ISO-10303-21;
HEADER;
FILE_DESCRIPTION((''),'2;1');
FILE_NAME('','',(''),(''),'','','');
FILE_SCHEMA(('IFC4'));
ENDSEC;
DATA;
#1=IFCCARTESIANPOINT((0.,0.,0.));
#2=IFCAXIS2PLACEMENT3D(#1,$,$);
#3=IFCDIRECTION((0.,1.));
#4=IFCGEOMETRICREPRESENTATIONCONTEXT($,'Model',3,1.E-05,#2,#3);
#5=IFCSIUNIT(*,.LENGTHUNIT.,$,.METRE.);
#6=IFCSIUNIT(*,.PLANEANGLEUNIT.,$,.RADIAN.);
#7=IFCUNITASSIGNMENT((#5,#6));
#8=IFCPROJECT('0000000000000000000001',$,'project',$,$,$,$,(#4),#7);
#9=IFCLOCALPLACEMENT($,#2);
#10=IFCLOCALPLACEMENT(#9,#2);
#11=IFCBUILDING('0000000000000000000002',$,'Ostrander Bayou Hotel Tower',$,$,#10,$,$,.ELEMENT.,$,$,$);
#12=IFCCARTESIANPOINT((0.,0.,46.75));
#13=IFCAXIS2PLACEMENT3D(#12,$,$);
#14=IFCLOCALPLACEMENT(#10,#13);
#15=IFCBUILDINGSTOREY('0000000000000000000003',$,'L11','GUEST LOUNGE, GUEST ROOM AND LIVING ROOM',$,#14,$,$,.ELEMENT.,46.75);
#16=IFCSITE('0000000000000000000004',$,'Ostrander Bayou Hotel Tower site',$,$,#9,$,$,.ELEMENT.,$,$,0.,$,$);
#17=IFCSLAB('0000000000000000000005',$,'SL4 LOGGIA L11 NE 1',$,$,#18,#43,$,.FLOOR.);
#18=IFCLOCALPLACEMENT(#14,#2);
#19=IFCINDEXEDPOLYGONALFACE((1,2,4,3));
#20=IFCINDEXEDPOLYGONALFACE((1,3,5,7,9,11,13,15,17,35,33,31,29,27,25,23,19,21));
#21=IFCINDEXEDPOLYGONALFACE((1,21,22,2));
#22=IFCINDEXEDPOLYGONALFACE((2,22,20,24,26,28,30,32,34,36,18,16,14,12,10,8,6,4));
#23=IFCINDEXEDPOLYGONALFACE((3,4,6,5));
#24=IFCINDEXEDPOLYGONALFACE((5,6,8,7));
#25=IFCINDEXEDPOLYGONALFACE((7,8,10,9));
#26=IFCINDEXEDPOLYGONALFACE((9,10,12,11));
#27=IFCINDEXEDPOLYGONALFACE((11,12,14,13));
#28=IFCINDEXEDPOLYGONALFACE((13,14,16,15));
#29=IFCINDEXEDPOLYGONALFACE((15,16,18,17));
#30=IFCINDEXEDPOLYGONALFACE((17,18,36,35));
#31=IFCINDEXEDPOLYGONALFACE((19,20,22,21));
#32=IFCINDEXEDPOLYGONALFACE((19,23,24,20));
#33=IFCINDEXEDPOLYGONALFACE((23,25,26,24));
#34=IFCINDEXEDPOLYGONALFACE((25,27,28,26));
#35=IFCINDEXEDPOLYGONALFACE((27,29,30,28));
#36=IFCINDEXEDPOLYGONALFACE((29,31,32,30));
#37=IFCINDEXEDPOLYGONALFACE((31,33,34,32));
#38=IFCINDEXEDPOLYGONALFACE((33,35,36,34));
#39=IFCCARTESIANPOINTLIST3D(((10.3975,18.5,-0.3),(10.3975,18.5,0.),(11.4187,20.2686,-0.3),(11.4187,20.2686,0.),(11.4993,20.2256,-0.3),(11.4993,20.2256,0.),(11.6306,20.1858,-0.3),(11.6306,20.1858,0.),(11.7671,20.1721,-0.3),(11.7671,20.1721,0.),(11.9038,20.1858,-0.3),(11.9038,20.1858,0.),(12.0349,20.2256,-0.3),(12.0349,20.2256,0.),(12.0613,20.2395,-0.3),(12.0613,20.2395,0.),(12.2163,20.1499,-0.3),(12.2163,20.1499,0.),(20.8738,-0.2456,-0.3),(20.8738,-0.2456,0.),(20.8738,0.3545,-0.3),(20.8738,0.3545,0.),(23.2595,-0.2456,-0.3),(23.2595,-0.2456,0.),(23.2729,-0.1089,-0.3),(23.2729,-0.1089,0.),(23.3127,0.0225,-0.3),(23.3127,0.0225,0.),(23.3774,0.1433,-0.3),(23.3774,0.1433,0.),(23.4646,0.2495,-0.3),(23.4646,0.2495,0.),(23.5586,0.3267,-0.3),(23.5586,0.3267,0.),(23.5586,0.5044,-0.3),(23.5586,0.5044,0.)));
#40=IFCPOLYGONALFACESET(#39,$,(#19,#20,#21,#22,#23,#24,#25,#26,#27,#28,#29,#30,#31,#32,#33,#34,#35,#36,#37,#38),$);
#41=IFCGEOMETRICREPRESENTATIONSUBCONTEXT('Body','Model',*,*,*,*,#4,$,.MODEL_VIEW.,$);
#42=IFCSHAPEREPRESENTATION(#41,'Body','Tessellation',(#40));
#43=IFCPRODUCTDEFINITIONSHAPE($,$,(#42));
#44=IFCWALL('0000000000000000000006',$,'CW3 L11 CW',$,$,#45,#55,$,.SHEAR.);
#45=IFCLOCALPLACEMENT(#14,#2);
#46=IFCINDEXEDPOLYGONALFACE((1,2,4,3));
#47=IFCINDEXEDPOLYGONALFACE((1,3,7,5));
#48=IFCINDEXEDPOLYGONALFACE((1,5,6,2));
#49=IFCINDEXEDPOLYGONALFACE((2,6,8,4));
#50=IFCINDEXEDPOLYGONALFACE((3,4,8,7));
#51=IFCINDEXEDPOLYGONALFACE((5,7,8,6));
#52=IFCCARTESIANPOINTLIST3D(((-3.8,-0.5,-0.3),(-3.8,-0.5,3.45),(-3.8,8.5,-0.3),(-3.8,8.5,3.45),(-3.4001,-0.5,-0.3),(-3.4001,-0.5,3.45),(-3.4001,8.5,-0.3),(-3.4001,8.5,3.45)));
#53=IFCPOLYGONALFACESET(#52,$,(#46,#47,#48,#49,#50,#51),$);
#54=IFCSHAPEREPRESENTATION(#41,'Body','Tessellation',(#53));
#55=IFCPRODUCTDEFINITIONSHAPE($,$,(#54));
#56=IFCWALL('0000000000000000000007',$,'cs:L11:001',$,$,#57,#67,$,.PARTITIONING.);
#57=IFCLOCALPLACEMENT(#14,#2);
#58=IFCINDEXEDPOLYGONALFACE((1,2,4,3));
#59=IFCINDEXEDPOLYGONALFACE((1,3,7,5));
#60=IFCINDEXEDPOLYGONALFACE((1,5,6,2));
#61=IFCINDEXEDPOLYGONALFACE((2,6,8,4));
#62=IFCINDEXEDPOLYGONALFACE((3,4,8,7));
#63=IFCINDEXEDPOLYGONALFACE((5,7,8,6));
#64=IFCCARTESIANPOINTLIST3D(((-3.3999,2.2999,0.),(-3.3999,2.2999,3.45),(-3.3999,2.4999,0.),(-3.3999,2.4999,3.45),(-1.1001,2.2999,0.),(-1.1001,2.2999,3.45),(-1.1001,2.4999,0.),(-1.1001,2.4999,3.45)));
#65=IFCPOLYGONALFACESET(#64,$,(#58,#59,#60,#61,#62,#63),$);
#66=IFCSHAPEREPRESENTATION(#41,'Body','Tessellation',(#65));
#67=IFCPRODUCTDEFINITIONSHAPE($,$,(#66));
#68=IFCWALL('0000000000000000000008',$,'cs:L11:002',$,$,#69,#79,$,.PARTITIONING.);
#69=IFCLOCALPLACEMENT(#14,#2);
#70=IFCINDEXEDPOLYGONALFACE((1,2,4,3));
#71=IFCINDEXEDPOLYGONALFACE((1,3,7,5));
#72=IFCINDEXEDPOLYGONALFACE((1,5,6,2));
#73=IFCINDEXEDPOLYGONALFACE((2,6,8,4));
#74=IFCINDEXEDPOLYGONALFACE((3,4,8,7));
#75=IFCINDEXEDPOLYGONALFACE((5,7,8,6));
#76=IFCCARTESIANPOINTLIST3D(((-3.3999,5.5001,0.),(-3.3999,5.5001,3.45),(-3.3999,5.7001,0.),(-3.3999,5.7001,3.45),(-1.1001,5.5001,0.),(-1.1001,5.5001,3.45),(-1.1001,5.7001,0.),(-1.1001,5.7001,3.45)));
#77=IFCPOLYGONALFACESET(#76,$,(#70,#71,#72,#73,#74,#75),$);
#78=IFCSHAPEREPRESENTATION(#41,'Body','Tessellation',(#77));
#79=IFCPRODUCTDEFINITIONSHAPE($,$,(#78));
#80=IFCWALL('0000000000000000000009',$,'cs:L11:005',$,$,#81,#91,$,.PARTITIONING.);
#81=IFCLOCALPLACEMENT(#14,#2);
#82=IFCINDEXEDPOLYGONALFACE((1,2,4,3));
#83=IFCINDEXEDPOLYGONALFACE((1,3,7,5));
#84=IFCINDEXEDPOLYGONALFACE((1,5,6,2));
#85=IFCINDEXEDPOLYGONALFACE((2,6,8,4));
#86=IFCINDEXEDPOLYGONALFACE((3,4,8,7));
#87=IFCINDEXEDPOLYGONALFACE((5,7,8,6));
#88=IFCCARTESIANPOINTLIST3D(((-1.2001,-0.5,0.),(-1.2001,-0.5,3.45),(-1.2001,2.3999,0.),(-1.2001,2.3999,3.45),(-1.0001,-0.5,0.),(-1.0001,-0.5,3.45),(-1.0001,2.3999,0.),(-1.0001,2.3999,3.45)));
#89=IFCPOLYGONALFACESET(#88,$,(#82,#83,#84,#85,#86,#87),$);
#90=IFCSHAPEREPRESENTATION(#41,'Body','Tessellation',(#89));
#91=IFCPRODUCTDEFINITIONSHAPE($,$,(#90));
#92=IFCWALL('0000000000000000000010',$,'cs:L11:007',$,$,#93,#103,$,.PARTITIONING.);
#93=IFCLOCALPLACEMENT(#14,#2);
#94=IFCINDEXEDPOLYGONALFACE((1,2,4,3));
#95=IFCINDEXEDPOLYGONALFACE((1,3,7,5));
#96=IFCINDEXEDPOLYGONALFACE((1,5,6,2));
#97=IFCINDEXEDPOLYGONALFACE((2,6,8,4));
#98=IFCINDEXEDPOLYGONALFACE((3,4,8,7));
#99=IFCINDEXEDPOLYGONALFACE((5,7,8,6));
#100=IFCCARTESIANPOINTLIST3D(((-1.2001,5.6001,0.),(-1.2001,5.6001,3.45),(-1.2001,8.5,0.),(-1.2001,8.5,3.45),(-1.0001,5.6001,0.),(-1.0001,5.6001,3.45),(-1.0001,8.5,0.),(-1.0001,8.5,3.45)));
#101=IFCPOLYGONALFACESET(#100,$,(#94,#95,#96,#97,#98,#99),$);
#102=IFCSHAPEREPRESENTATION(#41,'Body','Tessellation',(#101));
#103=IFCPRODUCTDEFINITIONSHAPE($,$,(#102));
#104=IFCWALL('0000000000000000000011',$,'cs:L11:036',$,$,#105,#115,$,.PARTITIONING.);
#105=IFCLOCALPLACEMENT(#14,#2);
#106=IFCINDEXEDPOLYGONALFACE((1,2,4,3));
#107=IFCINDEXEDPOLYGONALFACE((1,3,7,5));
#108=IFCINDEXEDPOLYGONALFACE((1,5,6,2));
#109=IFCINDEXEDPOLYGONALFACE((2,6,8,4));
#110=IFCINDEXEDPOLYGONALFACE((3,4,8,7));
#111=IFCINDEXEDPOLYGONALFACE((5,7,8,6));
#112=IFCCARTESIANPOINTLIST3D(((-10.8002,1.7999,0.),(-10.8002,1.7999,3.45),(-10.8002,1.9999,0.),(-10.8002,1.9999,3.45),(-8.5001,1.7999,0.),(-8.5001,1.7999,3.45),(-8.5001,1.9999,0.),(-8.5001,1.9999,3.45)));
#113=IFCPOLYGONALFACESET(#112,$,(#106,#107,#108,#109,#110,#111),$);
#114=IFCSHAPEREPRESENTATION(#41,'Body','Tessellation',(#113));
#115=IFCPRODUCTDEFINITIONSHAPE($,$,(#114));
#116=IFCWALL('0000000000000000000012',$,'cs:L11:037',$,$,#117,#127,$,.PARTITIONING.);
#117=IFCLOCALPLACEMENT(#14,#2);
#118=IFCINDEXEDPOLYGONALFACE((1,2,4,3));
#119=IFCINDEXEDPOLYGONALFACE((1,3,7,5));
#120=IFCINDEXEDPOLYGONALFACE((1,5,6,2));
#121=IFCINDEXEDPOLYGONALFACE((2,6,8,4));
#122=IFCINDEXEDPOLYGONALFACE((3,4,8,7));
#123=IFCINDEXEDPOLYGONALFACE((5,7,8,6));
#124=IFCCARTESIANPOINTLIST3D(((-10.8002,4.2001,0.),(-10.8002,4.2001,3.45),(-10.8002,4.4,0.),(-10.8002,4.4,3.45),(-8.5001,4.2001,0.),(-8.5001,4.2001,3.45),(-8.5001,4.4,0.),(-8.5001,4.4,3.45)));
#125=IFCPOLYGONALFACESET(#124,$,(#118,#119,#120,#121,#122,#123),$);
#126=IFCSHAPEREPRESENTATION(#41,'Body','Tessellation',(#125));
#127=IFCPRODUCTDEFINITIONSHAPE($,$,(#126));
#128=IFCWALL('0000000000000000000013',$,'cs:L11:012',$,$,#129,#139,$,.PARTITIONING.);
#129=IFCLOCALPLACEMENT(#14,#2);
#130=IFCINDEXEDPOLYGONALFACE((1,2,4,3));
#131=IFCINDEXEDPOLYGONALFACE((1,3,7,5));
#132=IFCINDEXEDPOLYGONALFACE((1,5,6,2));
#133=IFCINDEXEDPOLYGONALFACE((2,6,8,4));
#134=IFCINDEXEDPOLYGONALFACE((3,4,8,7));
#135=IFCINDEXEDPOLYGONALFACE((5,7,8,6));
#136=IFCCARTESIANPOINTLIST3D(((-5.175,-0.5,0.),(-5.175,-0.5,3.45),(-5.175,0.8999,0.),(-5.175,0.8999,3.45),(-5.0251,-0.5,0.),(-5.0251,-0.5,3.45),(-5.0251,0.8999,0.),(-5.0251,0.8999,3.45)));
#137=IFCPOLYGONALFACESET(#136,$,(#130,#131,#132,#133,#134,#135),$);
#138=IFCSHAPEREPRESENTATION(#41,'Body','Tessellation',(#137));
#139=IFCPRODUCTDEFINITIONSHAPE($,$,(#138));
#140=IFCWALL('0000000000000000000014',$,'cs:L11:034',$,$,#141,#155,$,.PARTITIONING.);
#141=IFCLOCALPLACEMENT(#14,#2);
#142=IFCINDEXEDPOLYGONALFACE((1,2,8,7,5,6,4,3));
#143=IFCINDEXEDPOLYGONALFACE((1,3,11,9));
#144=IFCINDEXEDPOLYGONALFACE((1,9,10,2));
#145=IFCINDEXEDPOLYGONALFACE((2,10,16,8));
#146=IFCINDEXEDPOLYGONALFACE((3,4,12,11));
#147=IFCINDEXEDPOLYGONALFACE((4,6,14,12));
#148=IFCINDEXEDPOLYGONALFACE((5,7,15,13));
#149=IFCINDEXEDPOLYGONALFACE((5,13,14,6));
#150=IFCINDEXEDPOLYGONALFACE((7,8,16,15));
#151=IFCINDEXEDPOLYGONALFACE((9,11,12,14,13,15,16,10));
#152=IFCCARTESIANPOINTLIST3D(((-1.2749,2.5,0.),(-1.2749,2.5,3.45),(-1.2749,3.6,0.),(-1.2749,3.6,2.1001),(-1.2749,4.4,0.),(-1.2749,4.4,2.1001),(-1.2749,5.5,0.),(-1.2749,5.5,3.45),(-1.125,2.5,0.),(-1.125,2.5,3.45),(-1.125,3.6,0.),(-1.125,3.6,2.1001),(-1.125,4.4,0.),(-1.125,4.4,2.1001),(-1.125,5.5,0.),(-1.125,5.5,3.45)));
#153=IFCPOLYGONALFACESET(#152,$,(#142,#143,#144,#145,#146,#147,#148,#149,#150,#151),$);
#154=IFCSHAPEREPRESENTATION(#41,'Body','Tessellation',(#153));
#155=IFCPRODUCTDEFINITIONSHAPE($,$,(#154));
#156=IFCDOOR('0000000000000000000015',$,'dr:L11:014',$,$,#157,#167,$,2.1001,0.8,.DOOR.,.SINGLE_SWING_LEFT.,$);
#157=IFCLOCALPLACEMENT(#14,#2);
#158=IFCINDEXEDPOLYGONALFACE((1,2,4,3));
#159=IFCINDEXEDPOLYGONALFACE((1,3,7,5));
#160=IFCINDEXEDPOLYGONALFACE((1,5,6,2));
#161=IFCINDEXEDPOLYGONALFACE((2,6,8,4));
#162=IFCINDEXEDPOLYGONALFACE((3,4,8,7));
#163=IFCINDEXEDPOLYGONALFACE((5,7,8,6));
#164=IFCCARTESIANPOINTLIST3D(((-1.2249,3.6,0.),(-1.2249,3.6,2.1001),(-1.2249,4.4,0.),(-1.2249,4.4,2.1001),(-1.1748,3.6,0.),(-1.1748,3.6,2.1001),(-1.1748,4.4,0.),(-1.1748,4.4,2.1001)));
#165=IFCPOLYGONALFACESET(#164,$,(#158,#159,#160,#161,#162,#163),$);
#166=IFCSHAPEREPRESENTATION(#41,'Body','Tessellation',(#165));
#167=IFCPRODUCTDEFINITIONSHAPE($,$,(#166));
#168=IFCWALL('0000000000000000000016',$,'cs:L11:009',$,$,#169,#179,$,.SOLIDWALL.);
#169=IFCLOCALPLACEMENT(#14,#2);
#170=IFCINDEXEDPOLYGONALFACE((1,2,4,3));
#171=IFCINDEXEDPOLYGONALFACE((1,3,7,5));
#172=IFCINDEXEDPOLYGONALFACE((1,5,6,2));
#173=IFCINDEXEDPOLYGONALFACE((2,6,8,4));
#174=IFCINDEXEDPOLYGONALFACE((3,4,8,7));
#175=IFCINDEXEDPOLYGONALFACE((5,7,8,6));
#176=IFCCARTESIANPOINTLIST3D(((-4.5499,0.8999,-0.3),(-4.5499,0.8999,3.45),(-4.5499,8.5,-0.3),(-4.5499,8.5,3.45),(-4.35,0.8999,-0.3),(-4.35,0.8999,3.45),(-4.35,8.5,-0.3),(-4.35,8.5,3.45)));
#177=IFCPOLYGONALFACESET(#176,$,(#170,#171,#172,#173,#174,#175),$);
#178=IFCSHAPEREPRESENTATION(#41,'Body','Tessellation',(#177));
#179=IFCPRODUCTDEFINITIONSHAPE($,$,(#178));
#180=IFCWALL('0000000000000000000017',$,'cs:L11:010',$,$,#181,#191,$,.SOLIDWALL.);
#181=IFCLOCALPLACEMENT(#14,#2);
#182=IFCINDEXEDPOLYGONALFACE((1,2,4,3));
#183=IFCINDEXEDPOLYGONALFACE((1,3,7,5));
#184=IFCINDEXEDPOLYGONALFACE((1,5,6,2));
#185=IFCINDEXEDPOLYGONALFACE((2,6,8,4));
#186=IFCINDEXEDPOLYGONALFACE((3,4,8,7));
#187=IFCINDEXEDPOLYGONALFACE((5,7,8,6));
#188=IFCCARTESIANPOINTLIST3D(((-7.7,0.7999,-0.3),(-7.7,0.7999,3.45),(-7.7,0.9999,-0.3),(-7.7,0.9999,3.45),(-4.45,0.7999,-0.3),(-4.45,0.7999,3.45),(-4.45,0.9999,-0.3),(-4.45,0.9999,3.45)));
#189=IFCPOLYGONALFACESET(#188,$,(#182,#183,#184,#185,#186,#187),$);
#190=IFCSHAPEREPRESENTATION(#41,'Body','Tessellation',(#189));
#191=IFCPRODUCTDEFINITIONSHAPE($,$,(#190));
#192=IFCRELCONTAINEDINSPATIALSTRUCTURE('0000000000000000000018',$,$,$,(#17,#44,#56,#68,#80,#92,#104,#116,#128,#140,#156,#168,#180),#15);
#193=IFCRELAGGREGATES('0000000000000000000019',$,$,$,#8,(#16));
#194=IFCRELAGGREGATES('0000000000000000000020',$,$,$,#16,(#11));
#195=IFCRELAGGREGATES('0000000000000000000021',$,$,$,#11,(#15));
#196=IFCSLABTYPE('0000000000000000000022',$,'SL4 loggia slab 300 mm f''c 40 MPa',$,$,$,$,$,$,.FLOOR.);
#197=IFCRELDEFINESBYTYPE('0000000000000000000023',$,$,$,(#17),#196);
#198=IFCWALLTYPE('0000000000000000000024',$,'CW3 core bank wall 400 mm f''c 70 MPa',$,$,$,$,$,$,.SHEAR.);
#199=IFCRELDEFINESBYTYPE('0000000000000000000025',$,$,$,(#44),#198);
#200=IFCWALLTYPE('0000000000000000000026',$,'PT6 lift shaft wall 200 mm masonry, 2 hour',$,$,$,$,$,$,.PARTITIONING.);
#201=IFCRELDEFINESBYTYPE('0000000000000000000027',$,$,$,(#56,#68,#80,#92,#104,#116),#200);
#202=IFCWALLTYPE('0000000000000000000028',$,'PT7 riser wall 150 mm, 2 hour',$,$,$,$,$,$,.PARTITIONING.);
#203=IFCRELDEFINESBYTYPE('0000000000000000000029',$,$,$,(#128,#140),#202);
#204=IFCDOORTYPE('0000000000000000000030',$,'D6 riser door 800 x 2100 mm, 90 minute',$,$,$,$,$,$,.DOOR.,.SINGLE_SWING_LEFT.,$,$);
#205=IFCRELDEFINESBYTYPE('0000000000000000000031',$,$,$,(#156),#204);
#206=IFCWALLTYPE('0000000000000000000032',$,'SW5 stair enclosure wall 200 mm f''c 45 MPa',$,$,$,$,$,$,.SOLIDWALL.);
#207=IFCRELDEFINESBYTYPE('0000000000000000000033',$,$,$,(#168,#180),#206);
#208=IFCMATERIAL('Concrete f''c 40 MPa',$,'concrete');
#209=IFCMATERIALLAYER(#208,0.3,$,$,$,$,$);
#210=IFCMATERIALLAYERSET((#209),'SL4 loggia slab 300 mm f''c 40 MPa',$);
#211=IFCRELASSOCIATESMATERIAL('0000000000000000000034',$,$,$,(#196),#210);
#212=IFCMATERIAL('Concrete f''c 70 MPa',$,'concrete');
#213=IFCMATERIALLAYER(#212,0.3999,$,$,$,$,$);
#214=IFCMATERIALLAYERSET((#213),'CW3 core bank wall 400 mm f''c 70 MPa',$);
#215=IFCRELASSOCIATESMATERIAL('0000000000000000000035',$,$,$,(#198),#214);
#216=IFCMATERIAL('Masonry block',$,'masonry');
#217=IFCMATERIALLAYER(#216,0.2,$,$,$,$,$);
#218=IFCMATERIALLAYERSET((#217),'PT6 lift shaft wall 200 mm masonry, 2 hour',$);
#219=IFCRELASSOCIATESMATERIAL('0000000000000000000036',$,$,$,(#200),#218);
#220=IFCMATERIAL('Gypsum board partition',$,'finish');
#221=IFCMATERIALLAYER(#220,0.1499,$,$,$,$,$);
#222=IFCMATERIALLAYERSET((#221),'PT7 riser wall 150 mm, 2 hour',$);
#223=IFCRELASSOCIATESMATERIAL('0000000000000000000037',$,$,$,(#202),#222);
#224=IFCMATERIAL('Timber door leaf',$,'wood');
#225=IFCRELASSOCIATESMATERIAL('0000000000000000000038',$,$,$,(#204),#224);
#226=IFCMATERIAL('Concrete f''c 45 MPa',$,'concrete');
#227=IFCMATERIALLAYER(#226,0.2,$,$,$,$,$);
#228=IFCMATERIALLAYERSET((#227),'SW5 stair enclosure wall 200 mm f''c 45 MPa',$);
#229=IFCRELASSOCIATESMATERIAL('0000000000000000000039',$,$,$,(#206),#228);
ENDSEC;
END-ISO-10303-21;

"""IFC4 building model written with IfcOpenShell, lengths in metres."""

from ifc_helpers import new_model, si_unit, direction, frame, frame_2d, origin, place, context, subcontext, project, spatial, polyline, rectangle, outline, extrude, material, layer, layer_set, type_object, element, fill, save


model = new_model("IFC4")

# Units and contexts
model_context = context("Model", 3, precision=1e-05, world=origin(), true_north=direction((0.0, 1.0)))
body_context = subcontext(model_context, "Body", "Model", "MODEL_VIEW")
ifc_project = project(units=[si_unit("LENGTHUNIT", "METRE"), si_unit("PLANEANGLEUNIT", "RADIAN")], contexts=[model_context])

# Site, building, storey
site_placement = place(None, origin())
site = spatial("IfcSite", under=ifc_project, at=site_placement, Name="Ostrander Bayou Hotel Tower site", CompositionType="ELEMENT", RefElevation=0.0)
building_placement = place(site_placement, origin())
building = spatial("IfcBuilding", under=site, at=building_placement, Name="Ostrander Bayou Hotel Tower", CompositionType="ELEMENT")
storey_placement = place(building_placement, frame((0.0, 0.0, 46.75)))
storey = spatial("IfcBuildingStorey", under=building, at=storey_placement, Name="L11", Description="GUEST LOUNGE, GUEST ROOM AND LIVING ROOM", CompositionType="ELEMENT", Elevation=46.75)

# Slab
ifc_material_1 = material(Name="Concrete f'c 40 MPa", Category="concrete")
ifc_layer_1 = layer(ifc_material_1, 0.3)
ifc_layer_set_1 = layer_set([ifc_layer_1], Name="SL4 loggia slab 300 mm f'c 40 MPa")
slab_type_1 = type_object("IfcSlabType", Name="SL4 loggia slab 300 mm f'c 40 MPa", PredefinedType="FLOOR", material=ifc_layer_set_1)
slab_1_placement = place(storey_placement, frame((0.0, 0.0, -0.3)))
element("IfcSlab", 1, at=slab_1_placement, inside=storey, type_object=slab_type_1, Name="SL4 LOGGIA L11 NE 1", PredefinedType="FLOOR", context=body_context, shape_type="SweptSolid", body=[
    extrude(outline(polyline([(11.4187, 20.2686), (11.4993, 20.2256), (11.6306, 20.1858), (11.7671, 20.1721), (11.9038, 20.1858), (12.0349, 20.2256), (12.0613, 20.2395), (12.2163, 20.1499), (23.5586, 0.5044), (23.5586, 0.3267), (23.4646, 0.2495), (23.3774, 0.1433), (23.3127, 0.0225), (23.2729, -0.1089), (23.2595, -0.2456), (20.8738, -0.2456), (20.8738, 0.3545), (10.3975, 18.5), (11.4187, 20.2686)])), origin(), (0.0, 0.0, 1.0), 0.3),
])

# Wall
ifc_material_2 = material(Name="Concrete f'c 70 MPa", Category="concrete")
ifc_layer_2 = layer(ifc_material_2, 0.3999)
ifc_layer_set_2 = layer_set([ifc_layer_2], Name="CW3 core bank wall 400 mm f'c 70 MPa")
wall_type_1 = type_object("IfcWallType", Name="CW3 core bank wall 400 mm f'c 70 MPa", PredefinedType="SHEAR", material=ifc_layer_set_2)
wall_1_placement = place(storey_placement, frame((-3.6001, -0.5, -0.3), z_axis=(0.0, 0.0, 1.0), x_axis=(0.0, 1.0, 0.0)))
element("IfcWall", 2, at=wall_1_placement, inside=storey, type_object=wall_type_1, Name="CW3 L11 CW", PredefinedType="SHEAR", context=body_context, shape_type="SweptSolid", body=[
    extrude(rectangle(XDim=9.0, YDim=0.3999, at=frame_2d((4.5, 0.0))), origin(), (0.0, 0.0, 1.0), 3.75),
])

# Walls
ifc_material_3 = material(Name="Masonry block", Category="masonry")
ifc_layer_3 = layer(ifc_material_3, 0.2)
ifc_layer_set_3 = layer_set([ifc_layer_3], Name="PT6 lift shaft wall 200 mm masonry, 2 hour")
wall_type_2 = type_object("IfcWallType", Name="PT6 lift shaft wall 200 mm masonry, 2 hour", PredefinedType="PARTITIONING", material=ifc_layer_set_3)
for number, where, z_axis, x_axis, name in (
    (3, (-3.3999, 2.3999, 0.0), (0.0, 0.0, 1.0), (1.0, 0.0, 0.0), "cs:L11:001"),
    (4, (-3.3999, 5.6001, 0.0), (0.0, 0.0, 1.0), (1.0, 0.0, 0.0), "cs:L11:002"),
):
    element("IfcWall", number, at=place(storey_placement, frame(where, z_axis=z_axis, x_axis=x_axis)), inside=storey, type_object=wall_type_2, Name=name, PredefinedType="PARTITIONING", context=body_context, shape_type="SweptSolid", body=[
        extrude(rectangle(XDim=2.2998, YDim=0.2, at=frame_2d((1.1499, 0.0))), origin(), (0.0, 0.0, 1.0), 3.45),
    ])
for number, where, z_axis, x_axis, name in (
    (5, (-1.1001, -0.5, 0.0), (0.0, 0.0, 1.0), (0.0, 1.0, 0.0), "cs:L11:005"),
    (6, (-1.1001, 5.6001, 0.0), (0.0, 0.0, 1.0), (0.0, 1.0, 0.0), "cs:L11:007"),
):
    element("IfcWall", number, at=place(storey_placement, frame(where, z_axis=z_axis, x_axis=x_axis)), inside=storey, type_object=wall_type_2, Name=name, PredefinedType="PARTITIONING", context=body_context, shape_type="SweptSolid", body=[
        extrude(rectangle(XDim=2.8999, YDim=0.2, at=frame_2d((1.45, 0.0))), origin(), (0.0, 0.0, 1.0), 3.45),
    ])
for number, where, z_axis, x_axis, name in (
    (7, (-10.8, 1.8999, 0.0), (0.0, 0.0, 1.0), (1.0, 0.0, 0.0), "cs:L11:036"),
    (8, (-10.8, 4.3, 0.0), (0.0, 0.0, 1.0), (1.0, 0.0, 0.0), "cs:L11:037"),
):
    element("IfcWall", number, at=place(storey_placement, frame(where, z_axis=z_axis, x_axis=x_axis)), inside=storey, type_object=wall_type_2, Name=name, PredefinedType="PARTITIONING", context=body_context, shape_type="SweptSolid", body=[
        extrude(rectangle(XDim=2.3, YDim=0.2, at=frame_2d((1.1499, 0.0))), origin(), (0.0, 0.0, 1.0), 3.45),
    ])
ifc_material_4 = material(Name="Gypsum board partition", Category="finish")
ifc_layer_4 = layer(ifc_material_4, 0.1499)
ifc_layer_set_4 = layer_set([ifc_layer_4], Name="PT7 riser wall 150 mm, 2 hour")
wall_type_3 = type_object("IfcWallType", Name="PT7 riser wall 150 mm, 2 hour", PredefinedType="PARTITIONING", material=ifc_layer_set_4)
wall_2_placement = place(storey_placement, frame((-5.1001, -0.5, 0.0), z_axis=(0.0, 0.0, 1.0), x_axis=(0.0, 1.0, 0.0)))
element("IfcWall", 9, at=wall_2_placement, inside=storey, type_object=wall_type_3, Name="cs:L11:012", PredefinedType="PARTITIONING", context=body_context, shape_type="SweptSolid", body=[
    extrude(rectangle(XDim=1.3999, YDim=0.1499, at=frame_2d((0.7, 0.0))), origin(), (0.0, 0.0, 1.0), 3.45),
])

# Wall, opening, door
wall_3_placement = place(storey_placement, frame((-1.2, 2.5, 0.0), z_axis=(0.0, 0.0, 1.0), x_axis=(0.0, 1.0, 0.0)))
wall_3 = element("IfcWall", 10, at=wall_3_placement, inside=storey, type_object=wall_type_3, Name="cs:L11:034", PredefinedType="PARTITIONING", context=body_context, shape_type="SweptSolid", body=[
    extrude(rectangle(XDim=3.0, YDim=0.1499, at=frame_2d((1.5, 0.0))), origin(), (0.0, 0.0, 1.0), 3.45),
])
opening_1_placement = place(wall_3_placement, frame((1.1001, 0.0, 0.0)))
opening_1 = element("IfcOpeningElement", 11, at=opening_1_placement, cuts=wall_3, PredefinedType="OPENING", context=body_context, shape_type="SweptSolid", body=[
    extrude(rectangle(XDim=0.8, YDim=2.1001, at=frame_2d((0.3999, 1.05))), frame((0.0, 0.075, 0.0), z_axis=(0.0, -1.0, 0.0), x_axis=(1.0, 0.0, 0.0)), (0.0, 0.0, 1.0), 0.1499),
])
ifc_material_5 = material(Name="Timber door leaf", Category="wood")
door_type_1 = type_object("IfcDoorType", Name="D6 riser door 800 x 2100 mm, 90 minute", OperationType="SINGLE_SWING_LEFT", PredefinedType="DOOR", material=ifc_material_5)
door_1_placement = place(opening_1_placement, origin())
door_1 = element("IfcDoor", 12, at=door_1_placement, inside=storey, type_object=door_type_1, Name="dr:L11:014", OperationType="SINGLE_SWING_LEFT", OverallHeight=2.1001, OverallWidth=0.8, PredefinedType="DOOR", context=body_context, shape_type="SweptSolid", body=[
    extrude(rectangle(XDim=0.8, YDim=2.1001, at=frame_2d((0.3999, 1.05))), frame((0.0, 0.0249, 0.0), z_axis=(0.0, -1.0, 0.0), x_axis=(1.0, 0.0, 0.0)), (0.0, 0.0, 1.0), 0.05),
])
fill(opening_1, door_1)

# Walls
ifc_material_6 = material(Name="Concrete f'c 45 MPa", Category="concrete")
ifc_layer_5 = layer(ifc_material_6, 0.2)
ifc_layer_set_5 = layer_set([ifc_layer_5], Name="SW5 stair enclosure wall 200 mm f'c 45 MPa")
wall_type_4 = type_object("IfcWallType", Name="SW5 stair enclosure wall 200 mm f'c 45 MPa", PredefinedType="SOLIDWALL", material=ifc_layer_set_5)
wall_4_placement = place(storey_placement, frame((-4.45, 0.8999, -0.3), z_axis=(0.0, 0.0, 1.0), x_axis=(0.0, 1.0, 0.0)))
element("IfcWall", 13, at=wall_4_placement, inside=storey, type_object=wall_type_4, Name="cs:L11:009", PredefinedType="SOLIDWALL", context=body_context, shape_type="SweptSolid", body=[
    extrude(rectangle(XDim=7.6001, YDim=0.2, at=frame_2d((3.8, 0.0))), origin(), (0.0, 0.0, 1.0), 3.75),
])
wall_5_placement = place(storey_placement, frame((-7.7, 0.8999, -0.3), z_axis=(0.0, 0.0, 1.0), x_axis=(1.0, 0.0, 0.0)))
element("IfcWall", 14, at=wall_5_placement, inside=storey, type_object=wall_type_4, Name="cs:L11:010", PredefinedType="SOLIDWALL", context=body_context, shape_type="SweptSolid", body=[
    extrude(rectangle(XDim=3.25, YDim=0.2, at=frame_2d((1.625, 0.0))), origin(), (0.0, 0.0, 1.0), 3.75),
])

save(model, "model.ifc")
